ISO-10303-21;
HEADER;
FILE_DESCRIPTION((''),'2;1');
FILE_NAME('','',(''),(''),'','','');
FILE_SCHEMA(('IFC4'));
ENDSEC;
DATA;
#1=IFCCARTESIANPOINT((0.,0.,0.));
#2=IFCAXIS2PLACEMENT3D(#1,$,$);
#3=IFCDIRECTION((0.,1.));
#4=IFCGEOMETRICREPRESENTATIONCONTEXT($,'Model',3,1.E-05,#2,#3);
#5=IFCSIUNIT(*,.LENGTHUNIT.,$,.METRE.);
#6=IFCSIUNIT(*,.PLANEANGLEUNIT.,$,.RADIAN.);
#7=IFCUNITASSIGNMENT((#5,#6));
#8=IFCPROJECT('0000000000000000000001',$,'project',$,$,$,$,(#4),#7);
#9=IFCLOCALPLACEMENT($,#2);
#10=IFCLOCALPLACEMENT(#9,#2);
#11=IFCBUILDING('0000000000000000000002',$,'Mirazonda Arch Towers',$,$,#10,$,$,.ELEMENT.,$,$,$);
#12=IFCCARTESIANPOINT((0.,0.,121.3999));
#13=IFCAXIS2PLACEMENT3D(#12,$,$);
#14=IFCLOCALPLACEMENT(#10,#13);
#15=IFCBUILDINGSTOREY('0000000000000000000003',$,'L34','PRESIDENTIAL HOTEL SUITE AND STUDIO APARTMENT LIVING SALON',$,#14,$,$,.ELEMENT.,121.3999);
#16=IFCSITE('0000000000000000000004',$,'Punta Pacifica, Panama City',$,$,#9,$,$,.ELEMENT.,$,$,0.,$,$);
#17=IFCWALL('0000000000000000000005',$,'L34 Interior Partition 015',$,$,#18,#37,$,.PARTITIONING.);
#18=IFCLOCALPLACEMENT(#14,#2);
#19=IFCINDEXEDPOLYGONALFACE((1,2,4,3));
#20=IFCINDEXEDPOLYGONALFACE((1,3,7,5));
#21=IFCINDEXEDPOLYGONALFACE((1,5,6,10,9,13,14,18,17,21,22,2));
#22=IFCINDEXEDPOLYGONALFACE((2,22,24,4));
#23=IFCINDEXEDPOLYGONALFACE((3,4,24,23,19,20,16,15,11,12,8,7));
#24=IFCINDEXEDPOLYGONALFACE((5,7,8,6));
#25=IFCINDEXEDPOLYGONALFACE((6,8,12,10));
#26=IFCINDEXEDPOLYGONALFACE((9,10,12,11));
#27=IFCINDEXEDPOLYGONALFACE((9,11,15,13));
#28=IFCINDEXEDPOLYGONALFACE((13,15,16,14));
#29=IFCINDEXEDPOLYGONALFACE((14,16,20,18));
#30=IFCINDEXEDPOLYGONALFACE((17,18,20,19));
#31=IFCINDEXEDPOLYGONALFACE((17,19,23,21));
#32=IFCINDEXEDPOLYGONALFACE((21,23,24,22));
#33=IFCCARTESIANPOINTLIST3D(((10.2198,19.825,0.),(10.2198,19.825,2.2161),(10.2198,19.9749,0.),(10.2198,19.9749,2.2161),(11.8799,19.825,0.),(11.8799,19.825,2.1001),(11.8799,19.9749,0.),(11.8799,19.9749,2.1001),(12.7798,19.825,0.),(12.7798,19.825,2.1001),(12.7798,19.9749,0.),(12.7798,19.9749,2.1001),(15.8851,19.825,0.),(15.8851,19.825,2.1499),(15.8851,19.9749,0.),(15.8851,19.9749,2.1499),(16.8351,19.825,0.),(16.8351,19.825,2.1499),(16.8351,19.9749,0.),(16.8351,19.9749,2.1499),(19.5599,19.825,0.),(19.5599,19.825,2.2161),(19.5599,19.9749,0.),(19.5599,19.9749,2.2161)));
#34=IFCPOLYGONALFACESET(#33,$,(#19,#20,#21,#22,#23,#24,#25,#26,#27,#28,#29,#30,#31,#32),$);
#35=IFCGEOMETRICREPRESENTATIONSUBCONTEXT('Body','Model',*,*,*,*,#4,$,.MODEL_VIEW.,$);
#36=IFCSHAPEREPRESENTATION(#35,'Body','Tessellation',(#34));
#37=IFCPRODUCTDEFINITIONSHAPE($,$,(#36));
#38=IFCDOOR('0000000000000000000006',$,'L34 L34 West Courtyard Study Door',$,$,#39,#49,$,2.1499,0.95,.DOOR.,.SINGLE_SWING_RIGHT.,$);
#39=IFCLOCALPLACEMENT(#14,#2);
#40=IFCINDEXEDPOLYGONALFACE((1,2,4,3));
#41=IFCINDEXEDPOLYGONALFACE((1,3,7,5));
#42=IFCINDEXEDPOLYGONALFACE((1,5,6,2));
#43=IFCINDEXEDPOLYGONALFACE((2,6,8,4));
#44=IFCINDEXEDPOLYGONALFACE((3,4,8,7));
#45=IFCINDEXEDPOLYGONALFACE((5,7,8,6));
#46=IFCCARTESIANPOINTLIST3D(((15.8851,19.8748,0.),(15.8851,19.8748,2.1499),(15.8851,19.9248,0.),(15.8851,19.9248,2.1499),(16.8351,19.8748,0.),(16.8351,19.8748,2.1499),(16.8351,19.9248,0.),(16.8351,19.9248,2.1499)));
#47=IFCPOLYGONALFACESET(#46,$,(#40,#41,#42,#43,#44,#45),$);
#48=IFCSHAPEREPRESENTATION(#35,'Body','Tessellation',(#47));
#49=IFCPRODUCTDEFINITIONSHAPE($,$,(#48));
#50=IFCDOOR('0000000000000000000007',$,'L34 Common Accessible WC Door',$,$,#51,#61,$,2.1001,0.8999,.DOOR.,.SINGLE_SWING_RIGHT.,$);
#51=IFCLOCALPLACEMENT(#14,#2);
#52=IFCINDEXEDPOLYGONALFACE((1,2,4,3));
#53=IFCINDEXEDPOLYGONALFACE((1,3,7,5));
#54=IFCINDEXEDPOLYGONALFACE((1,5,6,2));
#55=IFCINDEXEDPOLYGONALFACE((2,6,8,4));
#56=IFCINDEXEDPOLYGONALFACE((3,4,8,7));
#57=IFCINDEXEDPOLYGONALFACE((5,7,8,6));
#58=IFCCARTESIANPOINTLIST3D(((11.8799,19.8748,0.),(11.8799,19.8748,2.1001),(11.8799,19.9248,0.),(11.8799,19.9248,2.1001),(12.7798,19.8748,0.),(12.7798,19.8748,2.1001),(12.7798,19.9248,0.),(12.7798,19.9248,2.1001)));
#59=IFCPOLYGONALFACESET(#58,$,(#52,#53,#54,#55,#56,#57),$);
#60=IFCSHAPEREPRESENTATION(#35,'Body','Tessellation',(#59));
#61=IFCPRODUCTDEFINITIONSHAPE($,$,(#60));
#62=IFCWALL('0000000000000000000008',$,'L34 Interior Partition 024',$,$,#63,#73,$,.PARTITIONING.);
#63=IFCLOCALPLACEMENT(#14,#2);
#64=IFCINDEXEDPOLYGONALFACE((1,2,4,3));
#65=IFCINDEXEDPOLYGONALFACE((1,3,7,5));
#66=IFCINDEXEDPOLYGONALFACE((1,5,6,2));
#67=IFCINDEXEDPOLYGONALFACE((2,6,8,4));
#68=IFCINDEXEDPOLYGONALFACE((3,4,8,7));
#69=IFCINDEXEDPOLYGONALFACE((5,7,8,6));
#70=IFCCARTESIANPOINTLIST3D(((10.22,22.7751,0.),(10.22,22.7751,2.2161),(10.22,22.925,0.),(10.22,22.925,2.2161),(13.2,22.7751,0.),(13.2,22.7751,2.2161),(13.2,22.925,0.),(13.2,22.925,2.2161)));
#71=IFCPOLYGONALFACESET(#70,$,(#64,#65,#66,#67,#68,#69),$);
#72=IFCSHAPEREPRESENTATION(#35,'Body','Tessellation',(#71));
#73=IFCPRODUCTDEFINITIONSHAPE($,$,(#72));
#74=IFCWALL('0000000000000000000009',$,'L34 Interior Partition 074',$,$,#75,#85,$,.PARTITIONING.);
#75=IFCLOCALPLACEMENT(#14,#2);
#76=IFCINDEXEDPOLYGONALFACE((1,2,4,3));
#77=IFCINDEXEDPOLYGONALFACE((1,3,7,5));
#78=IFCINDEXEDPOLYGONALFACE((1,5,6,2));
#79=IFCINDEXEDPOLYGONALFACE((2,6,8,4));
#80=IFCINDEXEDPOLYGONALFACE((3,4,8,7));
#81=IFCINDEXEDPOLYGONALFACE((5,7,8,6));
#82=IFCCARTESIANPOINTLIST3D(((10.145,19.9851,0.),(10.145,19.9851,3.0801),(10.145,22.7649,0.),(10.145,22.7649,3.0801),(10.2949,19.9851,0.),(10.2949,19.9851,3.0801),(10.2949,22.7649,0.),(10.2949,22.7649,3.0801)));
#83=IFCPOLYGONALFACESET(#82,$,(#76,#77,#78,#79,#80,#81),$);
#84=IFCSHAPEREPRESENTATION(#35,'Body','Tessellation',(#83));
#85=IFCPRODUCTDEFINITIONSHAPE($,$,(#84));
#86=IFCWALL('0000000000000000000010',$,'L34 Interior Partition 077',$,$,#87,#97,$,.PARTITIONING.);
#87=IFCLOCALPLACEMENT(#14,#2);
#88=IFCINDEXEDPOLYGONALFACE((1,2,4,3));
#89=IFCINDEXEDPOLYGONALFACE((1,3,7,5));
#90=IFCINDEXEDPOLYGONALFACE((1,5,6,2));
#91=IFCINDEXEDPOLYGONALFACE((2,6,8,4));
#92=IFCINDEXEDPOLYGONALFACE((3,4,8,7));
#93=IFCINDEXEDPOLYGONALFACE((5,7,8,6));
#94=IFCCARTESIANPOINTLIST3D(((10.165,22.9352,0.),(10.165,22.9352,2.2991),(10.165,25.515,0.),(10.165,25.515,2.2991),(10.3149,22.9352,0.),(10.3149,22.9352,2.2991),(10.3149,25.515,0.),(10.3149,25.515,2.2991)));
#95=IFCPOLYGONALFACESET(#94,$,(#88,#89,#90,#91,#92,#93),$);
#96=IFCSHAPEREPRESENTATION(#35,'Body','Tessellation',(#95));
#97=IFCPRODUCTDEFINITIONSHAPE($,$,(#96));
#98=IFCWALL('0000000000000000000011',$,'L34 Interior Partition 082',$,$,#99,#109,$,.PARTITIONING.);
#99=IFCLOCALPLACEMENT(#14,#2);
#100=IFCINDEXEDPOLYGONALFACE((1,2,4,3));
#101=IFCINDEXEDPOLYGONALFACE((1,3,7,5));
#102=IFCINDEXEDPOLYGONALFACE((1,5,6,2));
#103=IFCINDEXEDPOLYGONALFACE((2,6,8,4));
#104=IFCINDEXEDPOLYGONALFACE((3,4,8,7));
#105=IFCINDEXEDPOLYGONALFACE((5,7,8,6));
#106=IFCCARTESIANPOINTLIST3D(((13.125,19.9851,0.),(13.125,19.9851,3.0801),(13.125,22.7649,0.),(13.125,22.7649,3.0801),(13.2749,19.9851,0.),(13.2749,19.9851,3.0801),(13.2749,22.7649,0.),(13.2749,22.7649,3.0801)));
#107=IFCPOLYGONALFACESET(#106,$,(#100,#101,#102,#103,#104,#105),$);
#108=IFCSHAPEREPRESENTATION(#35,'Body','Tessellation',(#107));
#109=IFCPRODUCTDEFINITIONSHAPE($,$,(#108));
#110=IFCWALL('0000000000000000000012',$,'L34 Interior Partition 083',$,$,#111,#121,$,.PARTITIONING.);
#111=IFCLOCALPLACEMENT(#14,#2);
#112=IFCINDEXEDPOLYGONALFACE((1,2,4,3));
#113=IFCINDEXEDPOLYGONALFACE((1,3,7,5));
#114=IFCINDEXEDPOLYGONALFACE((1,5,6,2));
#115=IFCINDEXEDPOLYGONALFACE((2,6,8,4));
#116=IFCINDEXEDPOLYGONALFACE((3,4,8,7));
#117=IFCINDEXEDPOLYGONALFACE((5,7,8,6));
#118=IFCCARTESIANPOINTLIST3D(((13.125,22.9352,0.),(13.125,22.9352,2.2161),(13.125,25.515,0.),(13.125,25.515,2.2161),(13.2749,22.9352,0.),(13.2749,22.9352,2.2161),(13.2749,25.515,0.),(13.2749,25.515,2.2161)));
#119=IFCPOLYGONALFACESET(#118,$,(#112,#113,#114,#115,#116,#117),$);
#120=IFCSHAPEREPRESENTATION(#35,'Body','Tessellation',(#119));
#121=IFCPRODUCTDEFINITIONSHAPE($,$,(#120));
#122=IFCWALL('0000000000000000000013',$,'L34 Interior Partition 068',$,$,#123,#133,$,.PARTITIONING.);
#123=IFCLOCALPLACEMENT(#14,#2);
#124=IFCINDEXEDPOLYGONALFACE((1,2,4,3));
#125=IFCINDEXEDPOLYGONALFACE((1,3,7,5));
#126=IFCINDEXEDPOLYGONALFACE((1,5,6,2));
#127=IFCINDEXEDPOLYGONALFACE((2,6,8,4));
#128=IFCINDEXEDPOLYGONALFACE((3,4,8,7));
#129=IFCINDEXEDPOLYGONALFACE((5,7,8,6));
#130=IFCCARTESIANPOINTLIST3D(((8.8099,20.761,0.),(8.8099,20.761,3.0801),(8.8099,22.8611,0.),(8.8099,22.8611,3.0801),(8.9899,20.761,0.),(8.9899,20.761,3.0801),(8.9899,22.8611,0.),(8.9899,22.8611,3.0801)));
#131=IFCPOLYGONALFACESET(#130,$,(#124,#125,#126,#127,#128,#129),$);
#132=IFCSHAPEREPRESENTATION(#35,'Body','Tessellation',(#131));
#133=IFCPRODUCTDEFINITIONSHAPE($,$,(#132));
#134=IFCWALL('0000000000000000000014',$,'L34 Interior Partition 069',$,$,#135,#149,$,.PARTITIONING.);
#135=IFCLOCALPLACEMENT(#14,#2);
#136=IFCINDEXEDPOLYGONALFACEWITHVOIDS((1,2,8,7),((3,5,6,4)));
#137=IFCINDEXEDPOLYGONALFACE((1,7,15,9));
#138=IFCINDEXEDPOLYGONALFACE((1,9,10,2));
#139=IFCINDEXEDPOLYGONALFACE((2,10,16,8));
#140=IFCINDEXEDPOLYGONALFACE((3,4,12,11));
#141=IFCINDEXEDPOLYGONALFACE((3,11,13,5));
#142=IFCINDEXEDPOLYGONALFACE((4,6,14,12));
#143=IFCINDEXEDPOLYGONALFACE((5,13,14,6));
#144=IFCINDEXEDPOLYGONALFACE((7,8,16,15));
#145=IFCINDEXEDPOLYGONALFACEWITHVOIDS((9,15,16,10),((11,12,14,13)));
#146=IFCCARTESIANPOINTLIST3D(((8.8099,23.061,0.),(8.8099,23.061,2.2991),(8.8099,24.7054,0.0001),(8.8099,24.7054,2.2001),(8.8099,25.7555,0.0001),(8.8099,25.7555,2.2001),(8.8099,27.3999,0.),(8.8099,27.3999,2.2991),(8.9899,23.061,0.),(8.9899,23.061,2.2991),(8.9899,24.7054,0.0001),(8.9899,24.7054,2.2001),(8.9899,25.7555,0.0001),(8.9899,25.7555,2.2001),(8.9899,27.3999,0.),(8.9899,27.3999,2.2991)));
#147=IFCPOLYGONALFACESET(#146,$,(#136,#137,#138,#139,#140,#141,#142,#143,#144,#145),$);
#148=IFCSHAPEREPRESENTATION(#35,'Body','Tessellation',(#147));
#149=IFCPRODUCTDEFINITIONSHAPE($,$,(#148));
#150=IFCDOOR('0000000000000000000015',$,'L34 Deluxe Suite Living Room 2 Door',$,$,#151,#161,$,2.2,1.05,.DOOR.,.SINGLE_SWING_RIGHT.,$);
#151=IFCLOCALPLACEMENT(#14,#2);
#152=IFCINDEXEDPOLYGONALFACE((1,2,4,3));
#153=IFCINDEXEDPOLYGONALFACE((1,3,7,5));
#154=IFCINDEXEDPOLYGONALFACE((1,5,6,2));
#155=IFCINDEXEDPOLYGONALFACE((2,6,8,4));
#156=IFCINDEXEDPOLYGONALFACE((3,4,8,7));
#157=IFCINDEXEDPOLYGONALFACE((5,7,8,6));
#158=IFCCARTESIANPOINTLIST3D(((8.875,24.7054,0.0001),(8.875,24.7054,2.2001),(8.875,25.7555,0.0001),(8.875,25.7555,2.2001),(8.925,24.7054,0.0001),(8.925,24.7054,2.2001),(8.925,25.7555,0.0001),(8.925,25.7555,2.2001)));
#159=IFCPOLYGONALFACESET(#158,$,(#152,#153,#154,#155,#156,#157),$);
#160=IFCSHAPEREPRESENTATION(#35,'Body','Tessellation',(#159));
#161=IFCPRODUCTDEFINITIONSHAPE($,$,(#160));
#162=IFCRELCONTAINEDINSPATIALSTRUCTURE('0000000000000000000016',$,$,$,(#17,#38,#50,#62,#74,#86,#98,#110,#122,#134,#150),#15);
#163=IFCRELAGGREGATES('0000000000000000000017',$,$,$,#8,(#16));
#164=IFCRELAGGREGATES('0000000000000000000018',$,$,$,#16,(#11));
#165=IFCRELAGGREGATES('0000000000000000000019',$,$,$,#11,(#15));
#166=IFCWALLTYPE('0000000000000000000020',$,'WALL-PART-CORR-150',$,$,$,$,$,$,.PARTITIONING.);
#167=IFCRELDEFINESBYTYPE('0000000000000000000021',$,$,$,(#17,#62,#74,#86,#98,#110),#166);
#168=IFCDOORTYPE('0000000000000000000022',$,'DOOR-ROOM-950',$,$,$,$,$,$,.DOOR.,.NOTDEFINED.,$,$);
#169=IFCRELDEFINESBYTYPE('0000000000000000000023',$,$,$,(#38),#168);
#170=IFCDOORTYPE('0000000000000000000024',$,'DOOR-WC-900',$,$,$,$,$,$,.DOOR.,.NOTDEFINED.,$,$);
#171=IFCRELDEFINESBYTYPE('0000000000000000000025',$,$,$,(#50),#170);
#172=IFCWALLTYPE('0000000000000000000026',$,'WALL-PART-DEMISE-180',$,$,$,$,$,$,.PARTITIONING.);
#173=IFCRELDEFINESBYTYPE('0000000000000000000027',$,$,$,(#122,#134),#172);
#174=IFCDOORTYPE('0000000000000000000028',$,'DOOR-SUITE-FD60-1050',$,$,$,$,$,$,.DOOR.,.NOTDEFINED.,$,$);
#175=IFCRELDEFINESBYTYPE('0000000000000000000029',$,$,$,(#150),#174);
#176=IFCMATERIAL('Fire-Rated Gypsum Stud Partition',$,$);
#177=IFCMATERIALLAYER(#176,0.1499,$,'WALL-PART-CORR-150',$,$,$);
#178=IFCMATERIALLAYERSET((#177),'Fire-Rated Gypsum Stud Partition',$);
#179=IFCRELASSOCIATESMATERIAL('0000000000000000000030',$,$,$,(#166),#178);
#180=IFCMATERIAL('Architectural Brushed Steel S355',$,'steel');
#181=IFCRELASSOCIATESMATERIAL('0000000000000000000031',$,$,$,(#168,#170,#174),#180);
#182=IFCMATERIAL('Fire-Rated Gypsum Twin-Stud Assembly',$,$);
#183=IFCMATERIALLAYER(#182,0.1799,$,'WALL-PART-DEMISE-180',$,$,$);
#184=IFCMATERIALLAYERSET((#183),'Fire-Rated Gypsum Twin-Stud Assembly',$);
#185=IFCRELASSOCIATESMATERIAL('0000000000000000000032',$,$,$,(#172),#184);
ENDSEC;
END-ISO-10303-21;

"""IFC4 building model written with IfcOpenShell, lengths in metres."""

from ifc_helpers import new_model, si_unit, direction, frame, frame_2d, origin, place, context, subcontext, project, spatial, rectangle, extrude, material, layer, layer_set, type_object, element, fill, save


model = new_model("IFC4")

# Units and contexts
model_context = context("Model", 3, precision=1e-05, world=origin(), true_north=direction((0.0, 1.0)))
body_context = subcontext(model_context, "Body", "Model", "MODEL_VIEW")
ifc_project = project(units=[si_unit("LENGTHUNIT", "METRE"), si_unit("PLANEANGLEUNIT", "RADIAN")], contexts=[model_context])

# Site, building, storey
site_placement = place(None, origin())
site = spatial("IfcSite", under=ifc_project, at=site_placement, Name="Punta Pacifica, Panama City", CompositionType="ELEMENT", RefElevation=0.0)
building_placement = place(site_placement, origin())
building = spatial("IfcBuilding", under=site, at=building_placement, Name="Mirazonda Arch Towers", CompositionType="ELEMENT")
storey_placement = place(building_placement, frame((0.0, 0.0, 121.3999)))
storey = spatial("IfcBuildingStorey", under=building, at=storey_placement, Name="L34", Description="PRESIDENTIAL HOTEL SUITE AND STUDIO APARTMENT LIVING SALON", CompositionType="ELEMENT", Elevation=121.3999)

# Shared definitions
ifc_material_1 = material(Name="Architectural Brushed Steel S355", Category="steel")

# Shared definitions
ifc_material_2 = material(Name="Fire-Rated Gypsum Stud Partition")
ifc_layer_1 = layer(ifc_material_2, 0.1499, Name="WALL-PART-CORR-150")
ifc_layer_set_1 = layer_set([ifc_layer_1], Name="Fire-Rated Gypsum Stud Partition")
wall_type_1 = type_object("IfcWallType", Name="WALL-PART-CORR-150", PredefinedType="PARTITIONING", material=ifc_layer_set_1)

# Wall, openings, doors
wall_1_placement = place(storey_placement, frame((10.22, 19.8999, 0.0), z_axis=(0.0, 0.0, 1.0), x_axis=(1.0, 0.0, 0.0)))
wall_1 = element("IfcWall", 1, at=wall_1_placement, inside=storey, type_object=wall_type_1, Name="L34 Interior Partition 015", PredefinedType="PARTITIONING", context=body_context, shape_type="SweptSolid", body=[
    extrude(rectangle(XDim=9.3401, YDim=0.1499, at=frame_2d((4.6699, 0.0))), origin(), (0.0, 0.0, 1.0), 2.2161),
])
opening_1_placement = place(wall_1_placement, frame((1.6599, 0.0, 0.0)))
opening_1 = element("IfcOpeningElement", 2, at=opening_1_placement, cuts=wall_1, PredefinedType="OPENING", context=body_context, shape_type="SweptSolid", body=[
    extrude(rectangle(XDim=0.8999, YDim=2.1001, at=frame_2d((0.45, 1.05))), frame((0.0, 0.085, 0.0), z_axis=(0.0, -1.0, 0.0), x_axis=(1.0, 0.0, 0.0)), (0.0, 0.0, 1.0), 0.1699),
])
opening_2_placement = place(wall_1_placement, frame((5.665, 0.0, 0.0)))
opening_2 = element("IfcOpeningElement", 3, at=opening_2_placement, cuts=wall_1, PredefinedType="OPENING", context=body_context, shape_type="SweptSolid", body=[
    extrude(rectangle(XDim=0.95, YDim=2.1499, at=frame_2d((0.4751, 1.075))), frame((0.0, 0.085, 0.0), z_axis=(0.0, -1.0, 0.0), x_axis=(1.0, 0.0, 0.0)), (0.0, 0.0, 1.0), 0.1699),
])
door_type_1 = type_object("IfcDoorType", Name="DOOR-ROOM-950", OperationType="NOTDEFINED", PredefinedType="DOOR", material=ifc_material_1)
door_1_placement = place(opening_2_placement, origin())
door_1 = element("IfcDoor", 4, at=door_1_placement, inside=storey, type_object=door_type_1, Name="L34 L34 West Courtyard Study Door", OperationType="SINGLE_SWING_RIGHT", OverallHeight=2.1499, OverallWidth=0.95, PredefinedType="DOOR", context=body_context, shape_type="SweptSolid", body=[
    extrude(rectangle(XDim=0.95, YDim=2.1499, at=frame_2d((0.4751, 1.075))), frame((0.0, 0.0249, 0.0), z_axis=(0.0, -1.0, 0.0), x_axis=(1.0, 0.0, 0.0)), (0.0, 0.0, 1.0), 0.05),
])
fill(opening_2, door_1)
door_type_2 = type_object("IfcDoorType", Name="DOOR-WC-900", OperationType="NOTDEFINED", PredefinedType="DOOR", material=ifc_material_1)
door_2_placement = place(opening_1_placement, origin())
door_2 = element("IfcDoor", 5, at=door_2_placement, inside=storey, type_object=door_type_2, Name="L34 Common Accessible WC Door", OperationType="SINGLE_SWING_RIGHT", OverallHeight=2.1001, OverallWidth=0.8999, PredefinedType="DOOR", context=body_context, shape_type="SweptSolid", body=[
    extrude(rectangle(XDim=0.8999, YDim=2.1001, at=frame_2d((0.45, 1.05))), frame((0.0, 0.0249, 0.0), z_axis=(0.0, -1.0, 0.0), x_axis=(1.0, 0.0, 0.0)), (0.0, 0.0, 1.0), 0.05),
])
fill(opening_1, door_2)

# Walls
wall_2_placement = place(storey_placement, frame((10.22, 22.8501, 0.0), z_axis=(0.0, 0.0, 1.0), x_axis=(1.0, 0.0, 0.0)))
element("IfcWall", 6, at=wall_2_placement, inside=storey, type_object=wall_type_1, Name="L34 Interior Partition 024", PredefinedType="PARTITIONING", context=body_context, shape_type="SweptSolid", body=[
    extrude(rectangle(XDim=2.98, YDim=0.1499, at=frame_2d((1.49, 0.0))), origin(), (0.0, 0.0, 1.0), 2.2161),
])
wall_3_placement = place(storey_placement, frame((10.22, 19.9851, 0.0), z_axis=(0.0, 0.0, 1.0), x_axis=(0.0, 1.0, 0.0)))
element("IfcWall", 7, at=wall_3_placement, inside=storey, type_object=wall_type_1, Name="L34 Interior Partition 074", PredefinedType="PARTITIONING", context=body_context, shape_type="SweptSolid", body=[
    extrude(rectangle(XDim=2.7798, YDim=0.1499, at=frame_2d((1.3899, 0.0))), origin(), (0.0, 0.0, 1.0), 3.0801),
])
wall_4_placement = place(storey_placement, frame((10.24, 22.9351, 0.0), z_axis=(0.0, 0.0, 1.0), x_axis=(0.0, 1.0, 0.0)))
element("IfcWall", 8, at=wall_4_placement, inside=storey, type_object=wall_type_1, Name="L34 Interior Partition 077", PredefinedType="PARTITIONING", context=body_context, shape_type="SweptSolid", body=[
    extrude(rectangle(XDim=2.5798, YDim=0.1499, at=frame_2d((1.29, 0.0))), origin(), (0.0, 0.0, 1.0), 2.2991),
])
wall_5_placement = place(storey_placement, frame((13.2, 19.9851, 0.0), z_axis=(0.0, 0.0, 1.0), x_axis=(0.0, 1.0, 0.0)))
element("IfcWall", 9, at=wall_5_placement, inside=storey, type_object=wall_type_1, Name="L34 Interior Partition 082", PredefinedType="PARTITIONING", context=body_context, shape_type="SweptSolid", body=[
    extrude(rectangle(XDim=2.7798, YDim=0.1499, at=frame_2d((1.3899, 0.0))), origin(), (0.0, 0.0, 1.0), 3.0801),
])
wall_6_placement = place(storey_placement, frame((13.2, 22.9351, 0.0), z_axis=(0.0, 0.0, 1.0), x_axis=(0.0, 1.0, 0.0)))
element("IfcWall", 10, at=wall_6_placement, inside=storey, type_object=wall_type_1, Name="L34 Interior Partition 083", PredefinedType="PARTITIONING", context=body_context, shape_type="SweptSolid", body=[
    extrude(rectangle(XDim=2.5798, YDim=0.1499, at=frame_2d((1.29, 0.0))), origin(), (0.0, 0.0, 1.0), 2.2161),
])
ifc_material_3 = material(Name="Fire-Rated Gypsum Twin-Stud Assembly")
ifc_layer_2 = layer(ifc_material_3, 0.1799, Name="WALL-PART-DEMISE-180")
ifc_layer_set_2 = layer_set([ifc_layer_2], Name="Fire-Rated Gypsum Twin-Stud Assembly")
wall_type_2 = type_object("IfcWallType", Name="WALL-PART-DEMISE-180", PredefinedType="PARTITIONING", material=ifc_layer_set_2)
wall_7_placement = place(storey_placement, frame((8.8999, 20.761, 0.0), z_axis=(0.0, 0.0, 1.0), x_axis=(0.0, 1.0, 0.0)))
element("IfcWall", 11, at=wall_7_placement, inside=storey, type_object=wall_type_2, Name="L34 Interior Partition 068", PredefinedType="PARTITIONING", context=body_context, shape_type="SweptSolid", body=[
    extrude(rectangle(XDim=2.1001, YDim=0.1799, at=frame_2d((1.05, 0.0))), origin(), (0.0, 0.0, 1.0), 3.0801),
])

# Wall, opening, door
wall_8_placement = place(storey_placement, frame((8.8999, 23.061, 0.0), z_axis=(0.0, 0.0, 1.0), x_axis=(0.0, 1.0, 0.0)))
wall_8 = element("IfcWall", 12, at=wall_8_placement, inside=storey, type_object=wall_type_2, Name="L34 Interior Partition 069", PredefinedType="PARTITIONING", context=body_context, shape_type="SweptSolid", body=[
    extrude(rectangle(XDim=4.3389, YDim=0.1799, at=frame_2d((2.1694, 0.0))), origin(), (0.0, 0.0, 1.0), 2.2991),
])
opening_3_placement = place(wall_8_placement, frame((1.6445, 0.0, 0.0)))
opening_3 = element("IfcOpeningElement", 13, at=opening_3_placement, cuts=wall_8, PredefinedType="OPENING", context=body_context, shape_type="SweptSolid", body=[
    extrude(rectangle(XDim=1.05, YDim=2.2, at=frame_2d((0.5249, 1.1001))), frame((0.0, 0.0999, 0.0), z_axis=(0.0, -1.0, 0.0), x_axis=(1.0, 0.0, 0.0)), (0.0, 0.0, 1.0), 0.2),
])
door_type_3 = type_object("IfcDoorType", Name="DOOR-SUITE-FD60-1050", OperationType="NOTDEFINED", PredefinedType="DOOR", material=ifc_material_1)
door_3_placement = place(opening_3_placement, origin())
door_3 = element("IfcDoor", 14, at=door_3_placement, inside=storey, type_object=door_type_3, Name="L34 Deluxe Suite Living Room 2 Door", OperationType="SINGLE_SWING_RIGHT", OverallHeight=2.2, OverallWidth=1.05, PredefinedType="DOOR", context=body_context, shape_type="SweptSolid", body=[
    extrude(rectangle(XDim=1.05, YDim=2.2, at=frame_2d((0.5249, 1.1001))), frame((0.0, 0.0249, 0.0), z_axis=(0.0, -1.0, 0.0), x_axis=(1.0, 0.0, 0.0)), (0.0, 0.0, 1.0), 0.05),
])
fill(opening_3, door_3)

save(model, "model.ifc")
